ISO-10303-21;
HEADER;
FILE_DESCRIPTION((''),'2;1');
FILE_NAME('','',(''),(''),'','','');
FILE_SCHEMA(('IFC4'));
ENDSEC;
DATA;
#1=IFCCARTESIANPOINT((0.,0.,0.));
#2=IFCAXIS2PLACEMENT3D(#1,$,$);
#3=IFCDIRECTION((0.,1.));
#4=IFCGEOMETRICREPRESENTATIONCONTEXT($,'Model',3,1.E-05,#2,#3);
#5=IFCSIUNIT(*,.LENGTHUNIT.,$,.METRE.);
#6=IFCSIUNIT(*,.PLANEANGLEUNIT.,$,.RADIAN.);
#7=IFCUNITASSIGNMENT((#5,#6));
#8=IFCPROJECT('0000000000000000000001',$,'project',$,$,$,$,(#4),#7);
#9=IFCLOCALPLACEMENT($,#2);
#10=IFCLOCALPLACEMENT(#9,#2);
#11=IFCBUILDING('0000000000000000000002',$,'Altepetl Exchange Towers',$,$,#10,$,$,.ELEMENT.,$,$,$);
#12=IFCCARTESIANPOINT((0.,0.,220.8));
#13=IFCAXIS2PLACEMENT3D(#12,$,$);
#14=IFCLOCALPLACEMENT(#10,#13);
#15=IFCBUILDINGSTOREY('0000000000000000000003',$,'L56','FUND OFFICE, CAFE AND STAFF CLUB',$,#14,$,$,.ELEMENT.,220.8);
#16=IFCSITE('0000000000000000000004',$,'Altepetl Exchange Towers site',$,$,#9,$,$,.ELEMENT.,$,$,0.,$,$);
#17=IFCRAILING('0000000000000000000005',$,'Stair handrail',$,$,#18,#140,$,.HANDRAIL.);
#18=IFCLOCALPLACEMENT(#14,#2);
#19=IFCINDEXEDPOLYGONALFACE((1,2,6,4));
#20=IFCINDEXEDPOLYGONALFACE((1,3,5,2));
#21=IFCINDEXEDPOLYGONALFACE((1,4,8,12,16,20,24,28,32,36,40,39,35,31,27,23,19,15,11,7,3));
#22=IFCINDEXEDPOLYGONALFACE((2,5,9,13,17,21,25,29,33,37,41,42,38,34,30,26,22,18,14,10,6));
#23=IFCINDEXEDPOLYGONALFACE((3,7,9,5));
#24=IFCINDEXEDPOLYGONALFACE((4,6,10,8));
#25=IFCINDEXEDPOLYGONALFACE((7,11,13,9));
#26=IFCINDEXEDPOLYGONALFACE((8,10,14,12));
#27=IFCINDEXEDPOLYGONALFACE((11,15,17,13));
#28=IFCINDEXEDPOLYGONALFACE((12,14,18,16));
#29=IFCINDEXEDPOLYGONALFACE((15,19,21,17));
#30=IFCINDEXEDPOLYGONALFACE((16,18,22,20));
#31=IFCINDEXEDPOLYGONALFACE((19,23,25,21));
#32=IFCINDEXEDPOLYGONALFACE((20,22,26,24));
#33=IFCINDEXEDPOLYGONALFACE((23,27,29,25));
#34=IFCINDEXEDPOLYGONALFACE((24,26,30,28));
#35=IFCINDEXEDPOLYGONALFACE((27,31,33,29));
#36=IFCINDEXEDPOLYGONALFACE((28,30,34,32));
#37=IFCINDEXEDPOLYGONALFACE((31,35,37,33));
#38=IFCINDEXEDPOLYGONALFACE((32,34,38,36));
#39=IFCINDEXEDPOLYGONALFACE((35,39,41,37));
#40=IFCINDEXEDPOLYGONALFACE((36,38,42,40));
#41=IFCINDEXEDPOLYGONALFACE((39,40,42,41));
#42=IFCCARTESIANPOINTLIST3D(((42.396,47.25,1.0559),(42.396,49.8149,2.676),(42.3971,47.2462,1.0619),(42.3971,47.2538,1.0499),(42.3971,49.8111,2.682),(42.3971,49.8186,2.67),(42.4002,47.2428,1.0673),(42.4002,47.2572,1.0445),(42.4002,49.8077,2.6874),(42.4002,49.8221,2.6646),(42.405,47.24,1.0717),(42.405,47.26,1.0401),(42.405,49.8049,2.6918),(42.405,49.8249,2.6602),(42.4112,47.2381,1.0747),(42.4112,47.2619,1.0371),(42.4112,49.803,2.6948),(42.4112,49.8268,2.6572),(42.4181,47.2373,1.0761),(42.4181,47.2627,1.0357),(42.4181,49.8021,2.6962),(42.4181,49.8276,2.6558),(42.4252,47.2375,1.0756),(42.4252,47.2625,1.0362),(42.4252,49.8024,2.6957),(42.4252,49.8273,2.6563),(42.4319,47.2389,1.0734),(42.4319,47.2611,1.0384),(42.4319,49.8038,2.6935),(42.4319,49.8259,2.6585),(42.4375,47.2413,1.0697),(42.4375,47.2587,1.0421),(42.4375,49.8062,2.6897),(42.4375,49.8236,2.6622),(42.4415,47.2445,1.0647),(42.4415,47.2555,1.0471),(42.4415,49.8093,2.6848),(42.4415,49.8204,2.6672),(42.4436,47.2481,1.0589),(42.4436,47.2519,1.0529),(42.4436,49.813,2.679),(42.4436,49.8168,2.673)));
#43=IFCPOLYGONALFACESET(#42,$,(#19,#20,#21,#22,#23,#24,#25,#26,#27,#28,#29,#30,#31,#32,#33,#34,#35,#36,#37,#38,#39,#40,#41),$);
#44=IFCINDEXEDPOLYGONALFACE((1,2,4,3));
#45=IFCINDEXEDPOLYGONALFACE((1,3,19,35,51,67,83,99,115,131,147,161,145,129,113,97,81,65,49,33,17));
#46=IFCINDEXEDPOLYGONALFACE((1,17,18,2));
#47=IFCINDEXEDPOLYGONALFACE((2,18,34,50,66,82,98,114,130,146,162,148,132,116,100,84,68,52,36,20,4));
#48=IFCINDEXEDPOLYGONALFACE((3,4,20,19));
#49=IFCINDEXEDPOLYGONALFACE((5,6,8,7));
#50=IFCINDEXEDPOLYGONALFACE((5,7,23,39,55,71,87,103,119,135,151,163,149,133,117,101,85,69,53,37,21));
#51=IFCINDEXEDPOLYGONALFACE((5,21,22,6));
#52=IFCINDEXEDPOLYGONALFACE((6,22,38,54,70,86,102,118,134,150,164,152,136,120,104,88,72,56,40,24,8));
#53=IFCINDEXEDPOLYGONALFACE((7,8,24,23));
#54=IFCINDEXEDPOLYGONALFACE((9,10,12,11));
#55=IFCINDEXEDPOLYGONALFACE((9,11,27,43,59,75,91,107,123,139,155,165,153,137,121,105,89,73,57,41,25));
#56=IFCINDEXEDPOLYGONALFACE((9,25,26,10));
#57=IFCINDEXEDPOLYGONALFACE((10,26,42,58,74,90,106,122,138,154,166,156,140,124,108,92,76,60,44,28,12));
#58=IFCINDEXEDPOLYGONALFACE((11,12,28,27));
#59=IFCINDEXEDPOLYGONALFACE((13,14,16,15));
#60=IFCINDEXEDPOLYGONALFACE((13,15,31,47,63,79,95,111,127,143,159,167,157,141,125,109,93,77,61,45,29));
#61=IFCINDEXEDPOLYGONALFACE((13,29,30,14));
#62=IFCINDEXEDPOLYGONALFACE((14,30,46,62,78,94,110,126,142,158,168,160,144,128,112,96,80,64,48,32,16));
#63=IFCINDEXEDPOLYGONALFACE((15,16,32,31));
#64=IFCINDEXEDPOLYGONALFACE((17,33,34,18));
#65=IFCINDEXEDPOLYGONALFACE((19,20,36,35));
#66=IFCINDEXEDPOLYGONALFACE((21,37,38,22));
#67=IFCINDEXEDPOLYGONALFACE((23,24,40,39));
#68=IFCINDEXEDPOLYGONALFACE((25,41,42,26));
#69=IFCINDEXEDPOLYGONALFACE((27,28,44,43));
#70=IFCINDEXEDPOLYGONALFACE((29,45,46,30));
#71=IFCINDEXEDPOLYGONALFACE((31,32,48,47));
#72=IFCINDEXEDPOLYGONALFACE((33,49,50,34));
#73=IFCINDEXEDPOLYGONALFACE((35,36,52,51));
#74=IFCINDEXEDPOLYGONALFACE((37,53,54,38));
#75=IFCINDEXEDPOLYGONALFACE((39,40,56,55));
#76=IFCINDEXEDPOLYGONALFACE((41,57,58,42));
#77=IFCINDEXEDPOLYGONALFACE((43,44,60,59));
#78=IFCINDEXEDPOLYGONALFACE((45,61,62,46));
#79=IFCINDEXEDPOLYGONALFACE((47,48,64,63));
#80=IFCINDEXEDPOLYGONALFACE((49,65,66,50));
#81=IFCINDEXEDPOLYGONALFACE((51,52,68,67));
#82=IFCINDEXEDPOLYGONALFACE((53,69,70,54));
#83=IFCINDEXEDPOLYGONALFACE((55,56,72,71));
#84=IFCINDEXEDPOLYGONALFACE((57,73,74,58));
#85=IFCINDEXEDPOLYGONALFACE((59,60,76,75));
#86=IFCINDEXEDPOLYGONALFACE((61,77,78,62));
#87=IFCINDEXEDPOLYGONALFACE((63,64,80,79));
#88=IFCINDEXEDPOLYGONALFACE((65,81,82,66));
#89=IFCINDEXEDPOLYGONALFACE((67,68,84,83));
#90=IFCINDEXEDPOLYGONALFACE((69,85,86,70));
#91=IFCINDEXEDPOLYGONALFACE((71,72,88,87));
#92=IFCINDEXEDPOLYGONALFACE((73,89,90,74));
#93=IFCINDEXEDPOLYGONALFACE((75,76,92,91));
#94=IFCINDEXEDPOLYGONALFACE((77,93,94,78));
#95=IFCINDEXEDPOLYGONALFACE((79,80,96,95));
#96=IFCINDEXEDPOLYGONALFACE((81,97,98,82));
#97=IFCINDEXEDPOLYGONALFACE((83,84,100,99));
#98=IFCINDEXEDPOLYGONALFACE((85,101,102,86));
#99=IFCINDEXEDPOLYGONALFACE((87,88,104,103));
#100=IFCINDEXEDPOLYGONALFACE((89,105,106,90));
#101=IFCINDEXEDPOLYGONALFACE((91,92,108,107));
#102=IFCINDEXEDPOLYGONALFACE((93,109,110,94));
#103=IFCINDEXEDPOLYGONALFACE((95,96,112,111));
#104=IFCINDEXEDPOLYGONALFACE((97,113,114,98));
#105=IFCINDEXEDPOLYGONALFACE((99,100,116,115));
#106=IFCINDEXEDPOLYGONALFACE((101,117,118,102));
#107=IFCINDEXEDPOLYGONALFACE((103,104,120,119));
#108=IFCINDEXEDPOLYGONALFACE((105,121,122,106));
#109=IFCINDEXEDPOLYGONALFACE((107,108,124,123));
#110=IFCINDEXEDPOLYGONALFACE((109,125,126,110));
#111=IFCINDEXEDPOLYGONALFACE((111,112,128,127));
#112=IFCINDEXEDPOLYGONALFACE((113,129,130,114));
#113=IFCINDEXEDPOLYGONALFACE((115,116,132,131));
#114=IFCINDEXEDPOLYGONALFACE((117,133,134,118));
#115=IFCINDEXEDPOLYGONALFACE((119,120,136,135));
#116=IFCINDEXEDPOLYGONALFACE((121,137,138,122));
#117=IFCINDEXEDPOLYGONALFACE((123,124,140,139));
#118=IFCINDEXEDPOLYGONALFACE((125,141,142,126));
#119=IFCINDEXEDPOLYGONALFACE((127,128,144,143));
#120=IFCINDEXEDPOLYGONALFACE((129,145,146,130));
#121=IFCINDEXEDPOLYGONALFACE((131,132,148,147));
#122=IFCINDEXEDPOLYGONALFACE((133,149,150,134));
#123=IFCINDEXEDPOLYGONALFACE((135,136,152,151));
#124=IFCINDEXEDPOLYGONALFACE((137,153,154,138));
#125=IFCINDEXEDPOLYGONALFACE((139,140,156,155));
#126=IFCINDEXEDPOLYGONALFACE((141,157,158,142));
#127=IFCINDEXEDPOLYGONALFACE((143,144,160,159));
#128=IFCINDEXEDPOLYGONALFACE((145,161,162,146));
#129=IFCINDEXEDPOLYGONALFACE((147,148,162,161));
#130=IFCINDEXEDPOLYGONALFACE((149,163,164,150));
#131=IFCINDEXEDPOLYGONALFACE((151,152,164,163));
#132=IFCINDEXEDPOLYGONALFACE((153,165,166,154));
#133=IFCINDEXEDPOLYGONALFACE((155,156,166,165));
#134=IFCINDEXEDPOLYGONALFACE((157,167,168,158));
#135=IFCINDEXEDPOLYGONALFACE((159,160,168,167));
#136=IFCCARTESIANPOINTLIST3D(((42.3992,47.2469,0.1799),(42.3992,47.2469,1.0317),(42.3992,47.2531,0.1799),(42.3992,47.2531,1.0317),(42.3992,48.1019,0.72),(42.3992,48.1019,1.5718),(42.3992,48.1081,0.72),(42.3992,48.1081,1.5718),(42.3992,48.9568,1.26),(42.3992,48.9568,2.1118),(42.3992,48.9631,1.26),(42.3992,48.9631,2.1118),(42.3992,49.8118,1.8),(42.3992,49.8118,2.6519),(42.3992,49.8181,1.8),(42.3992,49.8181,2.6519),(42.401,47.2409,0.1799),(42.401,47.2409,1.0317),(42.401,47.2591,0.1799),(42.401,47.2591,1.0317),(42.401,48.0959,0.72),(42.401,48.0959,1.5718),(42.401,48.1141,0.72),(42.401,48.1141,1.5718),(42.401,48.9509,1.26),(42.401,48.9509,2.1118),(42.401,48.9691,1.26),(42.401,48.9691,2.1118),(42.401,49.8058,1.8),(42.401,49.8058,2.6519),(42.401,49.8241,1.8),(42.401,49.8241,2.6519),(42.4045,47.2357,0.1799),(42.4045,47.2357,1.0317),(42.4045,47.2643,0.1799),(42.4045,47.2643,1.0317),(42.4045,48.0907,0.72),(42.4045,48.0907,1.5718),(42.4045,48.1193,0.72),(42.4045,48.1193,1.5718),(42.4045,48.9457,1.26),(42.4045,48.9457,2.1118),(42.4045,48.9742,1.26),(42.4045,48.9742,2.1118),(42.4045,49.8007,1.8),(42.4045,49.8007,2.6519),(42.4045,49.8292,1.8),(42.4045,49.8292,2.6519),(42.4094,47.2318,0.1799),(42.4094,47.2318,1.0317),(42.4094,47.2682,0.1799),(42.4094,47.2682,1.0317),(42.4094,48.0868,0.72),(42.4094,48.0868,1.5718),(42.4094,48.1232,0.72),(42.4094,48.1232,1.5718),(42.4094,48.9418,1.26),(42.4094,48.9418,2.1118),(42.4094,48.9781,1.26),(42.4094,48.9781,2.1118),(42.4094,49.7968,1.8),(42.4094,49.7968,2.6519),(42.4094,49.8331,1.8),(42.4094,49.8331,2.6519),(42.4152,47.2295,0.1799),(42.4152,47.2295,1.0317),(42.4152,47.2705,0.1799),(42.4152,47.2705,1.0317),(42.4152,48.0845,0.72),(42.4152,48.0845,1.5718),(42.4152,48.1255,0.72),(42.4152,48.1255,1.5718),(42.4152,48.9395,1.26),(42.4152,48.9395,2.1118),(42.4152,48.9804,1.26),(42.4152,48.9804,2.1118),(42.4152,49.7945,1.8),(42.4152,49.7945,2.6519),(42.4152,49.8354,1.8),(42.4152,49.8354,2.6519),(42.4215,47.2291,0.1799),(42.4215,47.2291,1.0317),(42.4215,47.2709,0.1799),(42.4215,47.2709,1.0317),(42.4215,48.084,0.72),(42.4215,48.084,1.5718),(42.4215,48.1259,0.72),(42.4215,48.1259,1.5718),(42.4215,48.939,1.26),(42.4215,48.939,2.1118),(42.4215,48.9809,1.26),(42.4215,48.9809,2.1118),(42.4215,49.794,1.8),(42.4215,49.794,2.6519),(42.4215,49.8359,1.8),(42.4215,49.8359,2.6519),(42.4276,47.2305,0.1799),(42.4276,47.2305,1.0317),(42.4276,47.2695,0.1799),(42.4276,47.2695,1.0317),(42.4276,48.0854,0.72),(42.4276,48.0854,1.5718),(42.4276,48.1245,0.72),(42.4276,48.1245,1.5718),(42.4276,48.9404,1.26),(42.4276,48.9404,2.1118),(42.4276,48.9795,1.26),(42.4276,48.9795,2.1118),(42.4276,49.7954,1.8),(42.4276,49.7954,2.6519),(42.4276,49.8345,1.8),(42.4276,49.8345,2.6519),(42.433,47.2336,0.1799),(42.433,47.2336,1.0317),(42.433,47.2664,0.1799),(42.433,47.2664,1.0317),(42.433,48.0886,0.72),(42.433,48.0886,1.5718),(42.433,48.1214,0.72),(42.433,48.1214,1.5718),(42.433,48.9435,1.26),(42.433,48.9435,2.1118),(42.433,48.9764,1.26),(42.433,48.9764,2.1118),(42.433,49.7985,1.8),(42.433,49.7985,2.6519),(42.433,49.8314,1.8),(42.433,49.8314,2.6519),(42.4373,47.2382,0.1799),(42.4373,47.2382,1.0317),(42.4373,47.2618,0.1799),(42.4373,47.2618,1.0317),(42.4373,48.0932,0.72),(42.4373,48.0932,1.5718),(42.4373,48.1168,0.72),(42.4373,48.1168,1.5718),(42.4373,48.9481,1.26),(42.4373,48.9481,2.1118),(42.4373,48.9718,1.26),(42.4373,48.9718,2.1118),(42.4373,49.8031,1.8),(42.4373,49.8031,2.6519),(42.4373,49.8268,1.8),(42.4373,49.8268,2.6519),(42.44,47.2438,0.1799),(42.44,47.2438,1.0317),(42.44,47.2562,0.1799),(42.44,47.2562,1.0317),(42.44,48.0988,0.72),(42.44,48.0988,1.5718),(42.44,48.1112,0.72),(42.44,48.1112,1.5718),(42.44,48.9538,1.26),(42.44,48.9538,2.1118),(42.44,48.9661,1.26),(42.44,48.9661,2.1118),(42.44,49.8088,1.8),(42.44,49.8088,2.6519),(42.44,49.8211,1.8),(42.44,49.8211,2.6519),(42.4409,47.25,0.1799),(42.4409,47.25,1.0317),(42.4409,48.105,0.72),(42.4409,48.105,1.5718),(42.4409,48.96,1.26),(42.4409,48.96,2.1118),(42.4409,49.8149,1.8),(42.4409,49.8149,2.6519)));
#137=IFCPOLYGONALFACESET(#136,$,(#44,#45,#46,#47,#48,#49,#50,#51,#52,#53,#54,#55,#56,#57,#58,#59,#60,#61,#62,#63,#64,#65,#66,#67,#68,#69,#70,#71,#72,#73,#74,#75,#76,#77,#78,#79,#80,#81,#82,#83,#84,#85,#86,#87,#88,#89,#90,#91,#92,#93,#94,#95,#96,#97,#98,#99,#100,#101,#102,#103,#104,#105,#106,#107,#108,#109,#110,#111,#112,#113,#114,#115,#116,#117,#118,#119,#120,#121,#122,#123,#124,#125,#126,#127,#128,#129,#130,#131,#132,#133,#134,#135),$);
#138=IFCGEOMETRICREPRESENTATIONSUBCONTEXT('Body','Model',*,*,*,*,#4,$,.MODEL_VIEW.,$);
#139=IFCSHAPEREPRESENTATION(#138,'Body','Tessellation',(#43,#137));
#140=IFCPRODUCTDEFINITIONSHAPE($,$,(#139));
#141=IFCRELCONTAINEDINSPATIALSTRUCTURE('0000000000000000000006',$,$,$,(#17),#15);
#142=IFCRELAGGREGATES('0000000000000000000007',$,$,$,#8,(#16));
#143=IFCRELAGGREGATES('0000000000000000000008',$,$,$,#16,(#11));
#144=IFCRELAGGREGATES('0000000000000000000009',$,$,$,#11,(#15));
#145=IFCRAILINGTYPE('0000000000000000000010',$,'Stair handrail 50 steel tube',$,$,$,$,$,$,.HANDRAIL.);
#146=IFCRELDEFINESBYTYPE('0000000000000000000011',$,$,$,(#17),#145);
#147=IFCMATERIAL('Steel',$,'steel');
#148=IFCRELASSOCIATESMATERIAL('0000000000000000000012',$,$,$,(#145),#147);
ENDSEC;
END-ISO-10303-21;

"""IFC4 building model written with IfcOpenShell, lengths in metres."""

from ifc_helpers import new_model, si_unit, direction, frame, origin, origin_2d, place, context, subcontext, project, spatial, circle, extrude, source, transform, mapped, material, type_object, element, save


model = new_model("IFC4")

# Units and contexts
model_context = context("Model", 3, precision=1e-05, world=origin(), true_north=direction((0.0, 1.0)))
body_context = subcontext(model_context, "Body", "Model", "MODEL_VIEW")
ifc_project = project(units=[si_unit("LENGTHUNIT", "METRE"), si_unit("PLANEANGLEUNIT", "RADIAN")], contexts=[model_context])

# Site, building, storey
site_placement = place(None, origin())
site = spatial("IfcSite", under=ifc_project, at=site_placement, Name="Altepetl Exchange Towers site", CompositionType="ELEMENT", RefElevation=0.0)
building_placement = place(site_placement, origin())
building = spatial("IfcBuilding", under=site, at=building_placement, Name="Altepetl Exchange Towers", CompositionType="ELEMENT")
storey_placement = place(building_placement, frame((0.0, 0.0, 220.8)))
storey = spatial("IfcBuildingStorey", under=building, at=storey_placement, Name="L56", Description="FUND OFFICE, CAFE AND STAFF CLUB", CompositionType="ELEMENT", Elevation=220.8)

# Railing
ifc_material_1 = material(Name="Steel", Category="steel")
railing_type = type_object("IfcRailingType", Name="Stair handrail 50 steel tube", PredefinedType="HANDRAIL", material=ifc_material_1)
shared_shape = source(origin(), body_context, "Body", "SweptSolid", [
    extrude(circle(Radius=0.021, at=origin_2d()), origin(), (0.0, 0.0, 1.0), 0.8518),
])
railing_1_placement = place(storey_placement, frame((42.4199, 47.25, 0.1799)))
element("IfcRailing", 1, at=railing_1_placement, inside=storey, type_object=railing_type, Name="Stair handrail", PredefinedType="HANDRAIL", context=body_context, shape_type="SweptSolid", body=[
    extrude(circle(Radius=0.0239, at=origin_2d()), frame((0.0, 0.0, 0.876), z_axis=(0.0, 0.845466, 0.534029), x_axis=(-1.0, 0.0, 0.0)), (0.0, 0.0, 1.0), 3.0337),
    mapped(shared_shape, transform((0.0, 0.0, 0.0))),
    mapped(shared_shape, transform((0.0, 0.855, 0.54))),
    mapped(shared_shape, transform((0.0, 1.71, 1.0801))),
    mapped(shared_shape, transform((0.0, 2.5649, 1.6201))),
])

save(model, "model.ifc")
